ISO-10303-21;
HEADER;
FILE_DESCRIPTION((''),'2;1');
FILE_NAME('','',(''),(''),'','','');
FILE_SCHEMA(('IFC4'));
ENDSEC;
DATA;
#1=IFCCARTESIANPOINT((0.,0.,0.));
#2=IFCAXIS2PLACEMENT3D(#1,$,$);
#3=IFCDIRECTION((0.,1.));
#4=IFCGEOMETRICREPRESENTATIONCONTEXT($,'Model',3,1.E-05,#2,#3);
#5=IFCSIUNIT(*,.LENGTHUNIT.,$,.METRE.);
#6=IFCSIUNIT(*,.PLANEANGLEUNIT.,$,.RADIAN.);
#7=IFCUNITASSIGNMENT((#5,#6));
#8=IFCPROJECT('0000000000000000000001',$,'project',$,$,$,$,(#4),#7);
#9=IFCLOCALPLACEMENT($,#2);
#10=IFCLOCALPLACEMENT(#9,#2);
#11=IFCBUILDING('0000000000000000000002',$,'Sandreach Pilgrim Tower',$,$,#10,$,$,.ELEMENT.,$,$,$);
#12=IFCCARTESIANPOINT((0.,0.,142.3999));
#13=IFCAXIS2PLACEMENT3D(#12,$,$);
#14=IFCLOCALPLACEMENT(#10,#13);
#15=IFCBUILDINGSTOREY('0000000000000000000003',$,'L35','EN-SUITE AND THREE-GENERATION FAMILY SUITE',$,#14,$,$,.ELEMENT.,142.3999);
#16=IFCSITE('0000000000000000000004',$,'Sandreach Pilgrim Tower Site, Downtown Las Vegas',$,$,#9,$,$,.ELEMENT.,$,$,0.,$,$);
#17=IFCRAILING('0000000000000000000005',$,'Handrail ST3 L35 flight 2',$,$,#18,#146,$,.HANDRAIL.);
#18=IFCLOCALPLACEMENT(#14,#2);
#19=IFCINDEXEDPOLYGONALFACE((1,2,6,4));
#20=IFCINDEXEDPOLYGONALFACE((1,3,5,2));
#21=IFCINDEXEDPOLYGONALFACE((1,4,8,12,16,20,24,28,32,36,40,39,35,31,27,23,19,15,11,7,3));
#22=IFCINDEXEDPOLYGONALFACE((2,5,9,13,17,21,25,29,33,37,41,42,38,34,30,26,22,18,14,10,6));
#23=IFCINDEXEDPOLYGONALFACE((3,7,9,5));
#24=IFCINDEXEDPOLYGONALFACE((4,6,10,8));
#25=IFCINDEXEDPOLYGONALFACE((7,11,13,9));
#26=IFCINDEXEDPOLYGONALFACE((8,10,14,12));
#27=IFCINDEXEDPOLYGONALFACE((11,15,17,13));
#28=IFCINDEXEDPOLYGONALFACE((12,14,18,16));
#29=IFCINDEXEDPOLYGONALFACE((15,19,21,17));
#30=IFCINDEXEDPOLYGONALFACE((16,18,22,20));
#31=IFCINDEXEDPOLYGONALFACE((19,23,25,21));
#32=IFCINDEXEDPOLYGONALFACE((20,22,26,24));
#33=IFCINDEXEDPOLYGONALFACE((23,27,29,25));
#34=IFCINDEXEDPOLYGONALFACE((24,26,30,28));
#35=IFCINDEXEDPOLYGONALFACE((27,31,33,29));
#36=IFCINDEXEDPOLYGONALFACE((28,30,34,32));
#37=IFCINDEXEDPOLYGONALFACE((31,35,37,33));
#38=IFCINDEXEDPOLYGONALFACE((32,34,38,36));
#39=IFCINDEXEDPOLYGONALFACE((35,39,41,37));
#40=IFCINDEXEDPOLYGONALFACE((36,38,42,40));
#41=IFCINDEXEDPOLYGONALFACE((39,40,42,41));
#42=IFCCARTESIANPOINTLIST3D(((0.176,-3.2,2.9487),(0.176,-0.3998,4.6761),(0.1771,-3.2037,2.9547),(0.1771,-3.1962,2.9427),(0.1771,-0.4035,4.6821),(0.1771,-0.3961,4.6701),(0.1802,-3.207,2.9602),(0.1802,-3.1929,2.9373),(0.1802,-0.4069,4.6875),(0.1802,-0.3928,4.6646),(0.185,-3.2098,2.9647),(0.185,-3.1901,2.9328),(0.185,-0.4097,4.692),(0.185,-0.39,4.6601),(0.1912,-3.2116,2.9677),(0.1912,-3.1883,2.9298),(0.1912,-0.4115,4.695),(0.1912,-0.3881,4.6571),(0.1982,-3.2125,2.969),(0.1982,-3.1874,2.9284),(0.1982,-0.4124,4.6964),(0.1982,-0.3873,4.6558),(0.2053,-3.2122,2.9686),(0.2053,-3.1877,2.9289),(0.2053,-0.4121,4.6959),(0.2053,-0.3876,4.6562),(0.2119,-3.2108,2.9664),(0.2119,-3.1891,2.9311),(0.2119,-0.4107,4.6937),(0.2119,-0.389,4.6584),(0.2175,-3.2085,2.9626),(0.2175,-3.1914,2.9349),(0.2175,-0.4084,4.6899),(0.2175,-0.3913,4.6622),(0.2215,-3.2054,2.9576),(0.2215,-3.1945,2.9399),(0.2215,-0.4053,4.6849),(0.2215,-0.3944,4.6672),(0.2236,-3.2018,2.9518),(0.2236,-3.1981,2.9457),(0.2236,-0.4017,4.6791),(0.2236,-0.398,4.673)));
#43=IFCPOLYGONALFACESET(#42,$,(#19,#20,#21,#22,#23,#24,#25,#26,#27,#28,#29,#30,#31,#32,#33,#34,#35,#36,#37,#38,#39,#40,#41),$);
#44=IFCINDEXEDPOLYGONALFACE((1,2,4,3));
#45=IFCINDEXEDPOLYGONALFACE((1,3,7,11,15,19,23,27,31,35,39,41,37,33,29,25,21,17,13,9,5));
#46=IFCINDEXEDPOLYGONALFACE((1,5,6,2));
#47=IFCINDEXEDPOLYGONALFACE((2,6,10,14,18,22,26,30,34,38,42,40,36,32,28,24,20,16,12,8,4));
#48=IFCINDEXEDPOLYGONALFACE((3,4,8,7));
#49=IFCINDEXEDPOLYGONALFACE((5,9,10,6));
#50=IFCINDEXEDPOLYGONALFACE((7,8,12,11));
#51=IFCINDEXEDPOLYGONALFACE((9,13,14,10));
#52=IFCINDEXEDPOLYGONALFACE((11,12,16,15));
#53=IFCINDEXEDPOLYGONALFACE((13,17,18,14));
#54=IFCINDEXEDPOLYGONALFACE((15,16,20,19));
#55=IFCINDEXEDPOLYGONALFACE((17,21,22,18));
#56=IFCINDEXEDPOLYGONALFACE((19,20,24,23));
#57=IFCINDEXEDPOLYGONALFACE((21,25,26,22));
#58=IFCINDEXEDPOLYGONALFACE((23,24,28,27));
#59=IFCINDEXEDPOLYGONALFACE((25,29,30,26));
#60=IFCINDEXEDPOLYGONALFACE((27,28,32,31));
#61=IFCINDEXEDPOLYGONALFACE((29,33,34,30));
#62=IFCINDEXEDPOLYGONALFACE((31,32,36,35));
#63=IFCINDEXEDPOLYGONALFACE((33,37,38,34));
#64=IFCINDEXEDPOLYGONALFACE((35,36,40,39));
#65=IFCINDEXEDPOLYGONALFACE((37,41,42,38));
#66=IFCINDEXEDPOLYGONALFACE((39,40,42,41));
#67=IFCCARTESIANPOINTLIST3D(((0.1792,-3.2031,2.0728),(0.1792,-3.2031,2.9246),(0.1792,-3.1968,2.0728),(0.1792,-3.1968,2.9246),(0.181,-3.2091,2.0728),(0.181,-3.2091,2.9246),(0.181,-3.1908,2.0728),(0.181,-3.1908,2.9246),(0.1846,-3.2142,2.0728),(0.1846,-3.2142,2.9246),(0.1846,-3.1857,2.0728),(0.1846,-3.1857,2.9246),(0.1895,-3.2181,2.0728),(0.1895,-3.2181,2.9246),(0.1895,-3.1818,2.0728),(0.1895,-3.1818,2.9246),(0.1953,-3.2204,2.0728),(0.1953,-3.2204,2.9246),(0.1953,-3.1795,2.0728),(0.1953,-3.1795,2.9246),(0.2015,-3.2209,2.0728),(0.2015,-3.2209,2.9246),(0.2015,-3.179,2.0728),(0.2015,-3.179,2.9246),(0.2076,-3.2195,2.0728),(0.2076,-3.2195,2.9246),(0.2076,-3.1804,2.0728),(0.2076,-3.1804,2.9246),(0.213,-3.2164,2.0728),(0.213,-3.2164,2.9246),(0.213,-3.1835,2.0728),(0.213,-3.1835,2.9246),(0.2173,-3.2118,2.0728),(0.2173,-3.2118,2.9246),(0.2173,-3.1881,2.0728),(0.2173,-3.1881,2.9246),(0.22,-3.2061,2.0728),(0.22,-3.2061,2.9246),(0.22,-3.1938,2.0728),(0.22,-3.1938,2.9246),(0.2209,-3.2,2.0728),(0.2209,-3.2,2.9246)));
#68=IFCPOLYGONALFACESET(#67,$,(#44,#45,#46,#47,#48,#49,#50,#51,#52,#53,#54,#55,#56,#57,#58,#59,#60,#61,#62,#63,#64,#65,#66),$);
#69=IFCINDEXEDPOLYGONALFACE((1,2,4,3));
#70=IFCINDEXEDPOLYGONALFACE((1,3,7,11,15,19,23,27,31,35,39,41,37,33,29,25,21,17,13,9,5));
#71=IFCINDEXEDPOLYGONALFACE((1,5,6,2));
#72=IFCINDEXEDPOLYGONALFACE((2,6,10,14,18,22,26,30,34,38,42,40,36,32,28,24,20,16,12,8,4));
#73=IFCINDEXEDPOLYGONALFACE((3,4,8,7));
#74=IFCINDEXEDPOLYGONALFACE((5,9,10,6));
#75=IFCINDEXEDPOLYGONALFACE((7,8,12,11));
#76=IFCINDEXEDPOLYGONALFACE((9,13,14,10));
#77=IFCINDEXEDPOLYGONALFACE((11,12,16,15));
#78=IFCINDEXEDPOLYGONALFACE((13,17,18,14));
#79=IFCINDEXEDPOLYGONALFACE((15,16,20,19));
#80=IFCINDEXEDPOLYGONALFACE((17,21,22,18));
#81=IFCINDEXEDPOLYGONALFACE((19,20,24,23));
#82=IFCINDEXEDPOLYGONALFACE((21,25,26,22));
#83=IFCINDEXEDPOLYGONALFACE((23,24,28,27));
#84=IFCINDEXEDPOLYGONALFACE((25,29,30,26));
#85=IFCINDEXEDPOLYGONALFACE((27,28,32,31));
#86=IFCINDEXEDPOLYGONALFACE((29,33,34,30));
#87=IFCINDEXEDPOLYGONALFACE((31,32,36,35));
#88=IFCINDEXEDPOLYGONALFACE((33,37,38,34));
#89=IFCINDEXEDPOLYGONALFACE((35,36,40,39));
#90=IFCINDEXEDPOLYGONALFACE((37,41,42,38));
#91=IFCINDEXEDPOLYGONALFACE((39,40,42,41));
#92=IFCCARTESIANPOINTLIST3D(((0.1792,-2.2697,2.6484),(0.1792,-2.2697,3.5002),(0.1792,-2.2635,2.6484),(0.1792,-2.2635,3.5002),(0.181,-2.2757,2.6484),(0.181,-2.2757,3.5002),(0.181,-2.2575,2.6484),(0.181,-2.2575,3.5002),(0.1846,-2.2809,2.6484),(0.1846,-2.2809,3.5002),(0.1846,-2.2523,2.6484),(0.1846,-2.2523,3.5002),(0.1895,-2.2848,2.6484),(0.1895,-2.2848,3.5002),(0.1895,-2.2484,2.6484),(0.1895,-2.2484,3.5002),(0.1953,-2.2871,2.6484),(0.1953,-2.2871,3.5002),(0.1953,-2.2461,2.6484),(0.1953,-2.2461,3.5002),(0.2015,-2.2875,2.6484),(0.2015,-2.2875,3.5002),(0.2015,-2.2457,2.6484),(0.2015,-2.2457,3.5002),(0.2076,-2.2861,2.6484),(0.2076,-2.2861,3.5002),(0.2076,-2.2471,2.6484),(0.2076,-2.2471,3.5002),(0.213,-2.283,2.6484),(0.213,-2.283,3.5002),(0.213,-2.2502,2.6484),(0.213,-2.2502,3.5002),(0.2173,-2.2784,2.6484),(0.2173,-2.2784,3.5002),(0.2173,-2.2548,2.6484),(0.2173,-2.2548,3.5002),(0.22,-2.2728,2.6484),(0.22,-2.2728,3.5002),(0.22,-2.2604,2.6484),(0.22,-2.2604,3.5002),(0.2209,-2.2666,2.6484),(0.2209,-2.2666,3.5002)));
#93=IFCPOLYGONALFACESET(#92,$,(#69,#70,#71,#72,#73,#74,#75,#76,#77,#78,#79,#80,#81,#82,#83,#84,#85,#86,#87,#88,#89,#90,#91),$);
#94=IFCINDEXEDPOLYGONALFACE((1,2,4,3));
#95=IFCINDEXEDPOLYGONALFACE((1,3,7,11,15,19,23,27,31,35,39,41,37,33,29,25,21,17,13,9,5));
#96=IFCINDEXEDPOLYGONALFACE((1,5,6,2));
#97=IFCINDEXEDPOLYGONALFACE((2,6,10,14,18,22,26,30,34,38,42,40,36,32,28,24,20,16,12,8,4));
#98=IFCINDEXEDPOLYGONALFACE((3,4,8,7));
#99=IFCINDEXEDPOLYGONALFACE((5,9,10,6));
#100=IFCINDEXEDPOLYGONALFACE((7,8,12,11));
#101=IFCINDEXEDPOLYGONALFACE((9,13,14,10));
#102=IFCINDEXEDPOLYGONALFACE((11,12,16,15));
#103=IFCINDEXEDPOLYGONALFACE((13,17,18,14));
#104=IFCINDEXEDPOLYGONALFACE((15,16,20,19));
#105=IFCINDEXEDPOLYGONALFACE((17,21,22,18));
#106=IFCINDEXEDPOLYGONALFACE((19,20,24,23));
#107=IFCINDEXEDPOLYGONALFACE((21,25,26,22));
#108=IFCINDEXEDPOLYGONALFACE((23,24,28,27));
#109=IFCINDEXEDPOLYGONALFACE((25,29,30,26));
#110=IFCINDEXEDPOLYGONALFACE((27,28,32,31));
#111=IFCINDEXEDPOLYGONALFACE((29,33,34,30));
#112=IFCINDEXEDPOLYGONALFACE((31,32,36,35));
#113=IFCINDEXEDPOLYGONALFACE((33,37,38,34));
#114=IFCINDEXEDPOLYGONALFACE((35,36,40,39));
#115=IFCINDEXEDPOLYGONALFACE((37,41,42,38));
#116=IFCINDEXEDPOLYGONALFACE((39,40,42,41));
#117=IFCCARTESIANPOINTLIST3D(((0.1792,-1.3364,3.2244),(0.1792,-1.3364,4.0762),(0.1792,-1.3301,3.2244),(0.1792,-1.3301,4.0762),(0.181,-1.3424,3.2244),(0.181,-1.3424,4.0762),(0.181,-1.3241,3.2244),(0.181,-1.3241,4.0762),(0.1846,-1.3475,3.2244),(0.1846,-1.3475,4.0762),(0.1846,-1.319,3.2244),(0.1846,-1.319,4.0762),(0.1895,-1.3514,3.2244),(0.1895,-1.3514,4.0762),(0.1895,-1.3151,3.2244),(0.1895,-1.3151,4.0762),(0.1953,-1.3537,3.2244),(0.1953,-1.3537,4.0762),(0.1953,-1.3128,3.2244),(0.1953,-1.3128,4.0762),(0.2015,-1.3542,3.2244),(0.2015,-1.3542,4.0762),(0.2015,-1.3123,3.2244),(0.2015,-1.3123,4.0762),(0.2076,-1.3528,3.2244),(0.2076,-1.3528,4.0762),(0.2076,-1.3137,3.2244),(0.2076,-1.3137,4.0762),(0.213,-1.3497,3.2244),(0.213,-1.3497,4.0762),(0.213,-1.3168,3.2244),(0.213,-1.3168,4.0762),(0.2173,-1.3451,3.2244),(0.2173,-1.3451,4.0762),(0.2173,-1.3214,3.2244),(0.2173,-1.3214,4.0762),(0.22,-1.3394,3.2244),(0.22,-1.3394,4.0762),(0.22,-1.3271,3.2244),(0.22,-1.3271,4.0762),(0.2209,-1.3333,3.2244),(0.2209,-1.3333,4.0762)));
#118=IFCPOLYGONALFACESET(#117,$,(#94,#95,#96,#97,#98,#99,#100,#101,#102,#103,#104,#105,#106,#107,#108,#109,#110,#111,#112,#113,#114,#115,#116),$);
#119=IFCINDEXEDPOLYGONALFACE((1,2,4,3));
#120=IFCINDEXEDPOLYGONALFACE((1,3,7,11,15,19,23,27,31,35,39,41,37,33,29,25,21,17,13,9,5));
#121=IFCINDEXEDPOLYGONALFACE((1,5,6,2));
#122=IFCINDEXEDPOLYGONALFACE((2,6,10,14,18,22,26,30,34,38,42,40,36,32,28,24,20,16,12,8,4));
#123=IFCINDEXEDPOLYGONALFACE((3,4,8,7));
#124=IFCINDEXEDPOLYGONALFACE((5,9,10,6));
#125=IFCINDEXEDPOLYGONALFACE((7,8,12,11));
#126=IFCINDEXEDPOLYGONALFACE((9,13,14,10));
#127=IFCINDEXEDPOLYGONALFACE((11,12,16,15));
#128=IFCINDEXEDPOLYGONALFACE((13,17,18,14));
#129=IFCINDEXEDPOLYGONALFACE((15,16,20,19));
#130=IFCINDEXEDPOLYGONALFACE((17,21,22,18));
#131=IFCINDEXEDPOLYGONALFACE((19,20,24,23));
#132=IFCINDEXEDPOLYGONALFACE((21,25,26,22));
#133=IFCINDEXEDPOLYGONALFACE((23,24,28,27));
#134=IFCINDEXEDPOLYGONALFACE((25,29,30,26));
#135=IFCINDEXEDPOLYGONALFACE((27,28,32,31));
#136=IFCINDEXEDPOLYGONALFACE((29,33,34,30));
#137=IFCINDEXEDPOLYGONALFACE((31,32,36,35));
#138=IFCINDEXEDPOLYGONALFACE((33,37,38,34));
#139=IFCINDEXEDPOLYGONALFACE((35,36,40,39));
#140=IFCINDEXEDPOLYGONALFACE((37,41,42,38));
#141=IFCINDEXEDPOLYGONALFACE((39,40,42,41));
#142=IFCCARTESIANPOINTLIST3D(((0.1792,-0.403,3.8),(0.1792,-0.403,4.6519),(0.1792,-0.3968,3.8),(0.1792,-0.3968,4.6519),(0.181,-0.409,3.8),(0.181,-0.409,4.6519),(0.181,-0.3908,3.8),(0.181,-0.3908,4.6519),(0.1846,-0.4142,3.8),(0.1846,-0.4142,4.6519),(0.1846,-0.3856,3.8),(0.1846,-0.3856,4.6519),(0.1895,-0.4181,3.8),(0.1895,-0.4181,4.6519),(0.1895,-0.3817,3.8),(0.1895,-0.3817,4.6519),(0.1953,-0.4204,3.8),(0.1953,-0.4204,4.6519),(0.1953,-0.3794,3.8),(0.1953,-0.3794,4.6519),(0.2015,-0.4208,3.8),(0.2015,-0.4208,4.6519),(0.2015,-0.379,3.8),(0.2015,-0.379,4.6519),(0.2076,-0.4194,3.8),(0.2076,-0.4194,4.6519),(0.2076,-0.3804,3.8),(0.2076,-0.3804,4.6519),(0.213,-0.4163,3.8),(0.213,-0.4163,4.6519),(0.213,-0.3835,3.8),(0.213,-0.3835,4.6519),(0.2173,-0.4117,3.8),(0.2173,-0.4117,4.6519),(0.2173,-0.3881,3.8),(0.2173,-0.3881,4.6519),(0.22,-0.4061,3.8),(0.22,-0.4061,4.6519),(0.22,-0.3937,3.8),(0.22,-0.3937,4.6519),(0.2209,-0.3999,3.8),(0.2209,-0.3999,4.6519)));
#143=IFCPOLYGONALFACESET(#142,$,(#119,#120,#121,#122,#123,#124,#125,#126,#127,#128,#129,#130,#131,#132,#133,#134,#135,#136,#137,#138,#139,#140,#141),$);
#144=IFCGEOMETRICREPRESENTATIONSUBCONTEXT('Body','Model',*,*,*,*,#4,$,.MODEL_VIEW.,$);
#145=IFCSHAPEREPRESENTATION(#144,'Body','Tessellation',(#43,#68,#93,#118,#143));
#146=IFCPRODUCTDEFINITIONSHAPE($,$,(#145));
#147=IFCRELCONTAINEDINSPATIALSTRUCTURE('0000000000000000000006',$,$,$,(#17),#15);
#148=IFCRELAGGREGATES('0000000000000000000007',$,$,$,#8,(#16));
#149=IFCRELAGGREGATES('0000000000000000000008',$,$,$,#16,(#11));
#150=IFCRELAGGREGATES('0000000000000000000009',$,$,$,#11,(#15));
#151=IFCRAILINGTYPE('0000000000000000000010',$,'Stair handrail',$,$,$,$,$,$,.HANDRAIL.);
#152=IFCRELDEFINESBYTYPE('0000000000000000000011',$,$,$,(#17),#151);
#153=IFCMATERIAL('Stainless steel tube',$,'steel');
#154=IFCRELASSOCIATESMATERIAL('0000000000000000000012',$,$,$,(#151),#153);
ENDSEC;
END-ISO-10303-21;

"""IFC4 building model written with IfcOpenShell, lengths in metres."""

from ifc_helpers import new_model, si_unit, direction, frame, origin, origin_2d, place, context, subcontext, project, spatial, circle, extrude, material, type_object, element, save


model = new_model("IFC4")

# Units and contexts
model_context = context("Model", 3, precision=1e-05, world=origin(), true_north=direction((0.0, 1.0)))
body_context = subcontext(model_context, "Body", "Model", "MODEL_VIEW")
ifc_project = project(units=[si_unit("LENGTHUNIT", "METRE"), si_unit("PLANEANGLEUNIT", "RADIAN")], contexts=[model_context])

# Site, building, storey
site_placement = place(None, origin())
site = spatial("IfcSite", under=ifc_project, at=site_placement, Name="Sandreach Pilgrim Tower Site, Downtown Las Vegas", CompositionType="ELEMENT", RefElevation=0.0)
building_placement = place(site_placement, origin())
building = spatial("IfcBuilding", under=site, at=building_placement, Name="Sandreach Pilgrim Tower", CompositionType="ELEMENT")
storey_placement = place(building_placement, frame((0.0, 0.0, 142.3999)))
storey = spatial("IfcBuildingStorey", under=building, at=storey_placement, Name="L35", Description="EN-SUITE AND THREE-GENERATION FAMILY SUITE", CompositionType="ELEMENT", Elevation=142.3999)

# Railing
ifc_material_1 = material(Name="Stainless steel tube", Category="steel")
railing_type = type_object("IfcRailingType", Name="Stair handrail", PredefinedType="HANDRAIL", material=ifc_material_1)
for number, where, name in (
    (1, (0.2, -3.2, 2.0728), "Handrail ST3 L35 flight 2"),
):
    element("IfcRailing", number, at=place(storey_placement, frame(where)), inside=storey, type_object=railing_type, Name=name, PredefinedType="HANDRAIL", context=body_context, shape_type="SweptSolid", body=[
        extrude(circle(Radius=0.0239, at=origin_2d()), frame((0.0, 0.0, 0.876), z_axis=(0.0, 0.85109, 0.52502), x_axis=(-1.0, 0.0, 0.0)), (0.0, 0.0, 1.0), 3.29),
        extrude(circle(Radius=0.021, at=origin_2d()), origin(), (0.0, 0.0, 1.0), 0.8518),
        extrude(circle(Radius=0.021, at=origin_2d()), frame((0.0, 0.9333, 0.5757)), (0.0, 0.0, 1.0), 0.8518),
        extrude(circle(Radius=0.021, at=origin_2d()), frame((0.0, 1.8667, 1.1516)), (0.0, 0.0, 1.0), 0.8518),
        extrude(circle(Radius=0.021, at=origin_2d()), frame((0.0, 2.8, 1.7273)), (0.0, 0.0, 1.0), 0.8518),
    ])

save(model, "model.ifc")
